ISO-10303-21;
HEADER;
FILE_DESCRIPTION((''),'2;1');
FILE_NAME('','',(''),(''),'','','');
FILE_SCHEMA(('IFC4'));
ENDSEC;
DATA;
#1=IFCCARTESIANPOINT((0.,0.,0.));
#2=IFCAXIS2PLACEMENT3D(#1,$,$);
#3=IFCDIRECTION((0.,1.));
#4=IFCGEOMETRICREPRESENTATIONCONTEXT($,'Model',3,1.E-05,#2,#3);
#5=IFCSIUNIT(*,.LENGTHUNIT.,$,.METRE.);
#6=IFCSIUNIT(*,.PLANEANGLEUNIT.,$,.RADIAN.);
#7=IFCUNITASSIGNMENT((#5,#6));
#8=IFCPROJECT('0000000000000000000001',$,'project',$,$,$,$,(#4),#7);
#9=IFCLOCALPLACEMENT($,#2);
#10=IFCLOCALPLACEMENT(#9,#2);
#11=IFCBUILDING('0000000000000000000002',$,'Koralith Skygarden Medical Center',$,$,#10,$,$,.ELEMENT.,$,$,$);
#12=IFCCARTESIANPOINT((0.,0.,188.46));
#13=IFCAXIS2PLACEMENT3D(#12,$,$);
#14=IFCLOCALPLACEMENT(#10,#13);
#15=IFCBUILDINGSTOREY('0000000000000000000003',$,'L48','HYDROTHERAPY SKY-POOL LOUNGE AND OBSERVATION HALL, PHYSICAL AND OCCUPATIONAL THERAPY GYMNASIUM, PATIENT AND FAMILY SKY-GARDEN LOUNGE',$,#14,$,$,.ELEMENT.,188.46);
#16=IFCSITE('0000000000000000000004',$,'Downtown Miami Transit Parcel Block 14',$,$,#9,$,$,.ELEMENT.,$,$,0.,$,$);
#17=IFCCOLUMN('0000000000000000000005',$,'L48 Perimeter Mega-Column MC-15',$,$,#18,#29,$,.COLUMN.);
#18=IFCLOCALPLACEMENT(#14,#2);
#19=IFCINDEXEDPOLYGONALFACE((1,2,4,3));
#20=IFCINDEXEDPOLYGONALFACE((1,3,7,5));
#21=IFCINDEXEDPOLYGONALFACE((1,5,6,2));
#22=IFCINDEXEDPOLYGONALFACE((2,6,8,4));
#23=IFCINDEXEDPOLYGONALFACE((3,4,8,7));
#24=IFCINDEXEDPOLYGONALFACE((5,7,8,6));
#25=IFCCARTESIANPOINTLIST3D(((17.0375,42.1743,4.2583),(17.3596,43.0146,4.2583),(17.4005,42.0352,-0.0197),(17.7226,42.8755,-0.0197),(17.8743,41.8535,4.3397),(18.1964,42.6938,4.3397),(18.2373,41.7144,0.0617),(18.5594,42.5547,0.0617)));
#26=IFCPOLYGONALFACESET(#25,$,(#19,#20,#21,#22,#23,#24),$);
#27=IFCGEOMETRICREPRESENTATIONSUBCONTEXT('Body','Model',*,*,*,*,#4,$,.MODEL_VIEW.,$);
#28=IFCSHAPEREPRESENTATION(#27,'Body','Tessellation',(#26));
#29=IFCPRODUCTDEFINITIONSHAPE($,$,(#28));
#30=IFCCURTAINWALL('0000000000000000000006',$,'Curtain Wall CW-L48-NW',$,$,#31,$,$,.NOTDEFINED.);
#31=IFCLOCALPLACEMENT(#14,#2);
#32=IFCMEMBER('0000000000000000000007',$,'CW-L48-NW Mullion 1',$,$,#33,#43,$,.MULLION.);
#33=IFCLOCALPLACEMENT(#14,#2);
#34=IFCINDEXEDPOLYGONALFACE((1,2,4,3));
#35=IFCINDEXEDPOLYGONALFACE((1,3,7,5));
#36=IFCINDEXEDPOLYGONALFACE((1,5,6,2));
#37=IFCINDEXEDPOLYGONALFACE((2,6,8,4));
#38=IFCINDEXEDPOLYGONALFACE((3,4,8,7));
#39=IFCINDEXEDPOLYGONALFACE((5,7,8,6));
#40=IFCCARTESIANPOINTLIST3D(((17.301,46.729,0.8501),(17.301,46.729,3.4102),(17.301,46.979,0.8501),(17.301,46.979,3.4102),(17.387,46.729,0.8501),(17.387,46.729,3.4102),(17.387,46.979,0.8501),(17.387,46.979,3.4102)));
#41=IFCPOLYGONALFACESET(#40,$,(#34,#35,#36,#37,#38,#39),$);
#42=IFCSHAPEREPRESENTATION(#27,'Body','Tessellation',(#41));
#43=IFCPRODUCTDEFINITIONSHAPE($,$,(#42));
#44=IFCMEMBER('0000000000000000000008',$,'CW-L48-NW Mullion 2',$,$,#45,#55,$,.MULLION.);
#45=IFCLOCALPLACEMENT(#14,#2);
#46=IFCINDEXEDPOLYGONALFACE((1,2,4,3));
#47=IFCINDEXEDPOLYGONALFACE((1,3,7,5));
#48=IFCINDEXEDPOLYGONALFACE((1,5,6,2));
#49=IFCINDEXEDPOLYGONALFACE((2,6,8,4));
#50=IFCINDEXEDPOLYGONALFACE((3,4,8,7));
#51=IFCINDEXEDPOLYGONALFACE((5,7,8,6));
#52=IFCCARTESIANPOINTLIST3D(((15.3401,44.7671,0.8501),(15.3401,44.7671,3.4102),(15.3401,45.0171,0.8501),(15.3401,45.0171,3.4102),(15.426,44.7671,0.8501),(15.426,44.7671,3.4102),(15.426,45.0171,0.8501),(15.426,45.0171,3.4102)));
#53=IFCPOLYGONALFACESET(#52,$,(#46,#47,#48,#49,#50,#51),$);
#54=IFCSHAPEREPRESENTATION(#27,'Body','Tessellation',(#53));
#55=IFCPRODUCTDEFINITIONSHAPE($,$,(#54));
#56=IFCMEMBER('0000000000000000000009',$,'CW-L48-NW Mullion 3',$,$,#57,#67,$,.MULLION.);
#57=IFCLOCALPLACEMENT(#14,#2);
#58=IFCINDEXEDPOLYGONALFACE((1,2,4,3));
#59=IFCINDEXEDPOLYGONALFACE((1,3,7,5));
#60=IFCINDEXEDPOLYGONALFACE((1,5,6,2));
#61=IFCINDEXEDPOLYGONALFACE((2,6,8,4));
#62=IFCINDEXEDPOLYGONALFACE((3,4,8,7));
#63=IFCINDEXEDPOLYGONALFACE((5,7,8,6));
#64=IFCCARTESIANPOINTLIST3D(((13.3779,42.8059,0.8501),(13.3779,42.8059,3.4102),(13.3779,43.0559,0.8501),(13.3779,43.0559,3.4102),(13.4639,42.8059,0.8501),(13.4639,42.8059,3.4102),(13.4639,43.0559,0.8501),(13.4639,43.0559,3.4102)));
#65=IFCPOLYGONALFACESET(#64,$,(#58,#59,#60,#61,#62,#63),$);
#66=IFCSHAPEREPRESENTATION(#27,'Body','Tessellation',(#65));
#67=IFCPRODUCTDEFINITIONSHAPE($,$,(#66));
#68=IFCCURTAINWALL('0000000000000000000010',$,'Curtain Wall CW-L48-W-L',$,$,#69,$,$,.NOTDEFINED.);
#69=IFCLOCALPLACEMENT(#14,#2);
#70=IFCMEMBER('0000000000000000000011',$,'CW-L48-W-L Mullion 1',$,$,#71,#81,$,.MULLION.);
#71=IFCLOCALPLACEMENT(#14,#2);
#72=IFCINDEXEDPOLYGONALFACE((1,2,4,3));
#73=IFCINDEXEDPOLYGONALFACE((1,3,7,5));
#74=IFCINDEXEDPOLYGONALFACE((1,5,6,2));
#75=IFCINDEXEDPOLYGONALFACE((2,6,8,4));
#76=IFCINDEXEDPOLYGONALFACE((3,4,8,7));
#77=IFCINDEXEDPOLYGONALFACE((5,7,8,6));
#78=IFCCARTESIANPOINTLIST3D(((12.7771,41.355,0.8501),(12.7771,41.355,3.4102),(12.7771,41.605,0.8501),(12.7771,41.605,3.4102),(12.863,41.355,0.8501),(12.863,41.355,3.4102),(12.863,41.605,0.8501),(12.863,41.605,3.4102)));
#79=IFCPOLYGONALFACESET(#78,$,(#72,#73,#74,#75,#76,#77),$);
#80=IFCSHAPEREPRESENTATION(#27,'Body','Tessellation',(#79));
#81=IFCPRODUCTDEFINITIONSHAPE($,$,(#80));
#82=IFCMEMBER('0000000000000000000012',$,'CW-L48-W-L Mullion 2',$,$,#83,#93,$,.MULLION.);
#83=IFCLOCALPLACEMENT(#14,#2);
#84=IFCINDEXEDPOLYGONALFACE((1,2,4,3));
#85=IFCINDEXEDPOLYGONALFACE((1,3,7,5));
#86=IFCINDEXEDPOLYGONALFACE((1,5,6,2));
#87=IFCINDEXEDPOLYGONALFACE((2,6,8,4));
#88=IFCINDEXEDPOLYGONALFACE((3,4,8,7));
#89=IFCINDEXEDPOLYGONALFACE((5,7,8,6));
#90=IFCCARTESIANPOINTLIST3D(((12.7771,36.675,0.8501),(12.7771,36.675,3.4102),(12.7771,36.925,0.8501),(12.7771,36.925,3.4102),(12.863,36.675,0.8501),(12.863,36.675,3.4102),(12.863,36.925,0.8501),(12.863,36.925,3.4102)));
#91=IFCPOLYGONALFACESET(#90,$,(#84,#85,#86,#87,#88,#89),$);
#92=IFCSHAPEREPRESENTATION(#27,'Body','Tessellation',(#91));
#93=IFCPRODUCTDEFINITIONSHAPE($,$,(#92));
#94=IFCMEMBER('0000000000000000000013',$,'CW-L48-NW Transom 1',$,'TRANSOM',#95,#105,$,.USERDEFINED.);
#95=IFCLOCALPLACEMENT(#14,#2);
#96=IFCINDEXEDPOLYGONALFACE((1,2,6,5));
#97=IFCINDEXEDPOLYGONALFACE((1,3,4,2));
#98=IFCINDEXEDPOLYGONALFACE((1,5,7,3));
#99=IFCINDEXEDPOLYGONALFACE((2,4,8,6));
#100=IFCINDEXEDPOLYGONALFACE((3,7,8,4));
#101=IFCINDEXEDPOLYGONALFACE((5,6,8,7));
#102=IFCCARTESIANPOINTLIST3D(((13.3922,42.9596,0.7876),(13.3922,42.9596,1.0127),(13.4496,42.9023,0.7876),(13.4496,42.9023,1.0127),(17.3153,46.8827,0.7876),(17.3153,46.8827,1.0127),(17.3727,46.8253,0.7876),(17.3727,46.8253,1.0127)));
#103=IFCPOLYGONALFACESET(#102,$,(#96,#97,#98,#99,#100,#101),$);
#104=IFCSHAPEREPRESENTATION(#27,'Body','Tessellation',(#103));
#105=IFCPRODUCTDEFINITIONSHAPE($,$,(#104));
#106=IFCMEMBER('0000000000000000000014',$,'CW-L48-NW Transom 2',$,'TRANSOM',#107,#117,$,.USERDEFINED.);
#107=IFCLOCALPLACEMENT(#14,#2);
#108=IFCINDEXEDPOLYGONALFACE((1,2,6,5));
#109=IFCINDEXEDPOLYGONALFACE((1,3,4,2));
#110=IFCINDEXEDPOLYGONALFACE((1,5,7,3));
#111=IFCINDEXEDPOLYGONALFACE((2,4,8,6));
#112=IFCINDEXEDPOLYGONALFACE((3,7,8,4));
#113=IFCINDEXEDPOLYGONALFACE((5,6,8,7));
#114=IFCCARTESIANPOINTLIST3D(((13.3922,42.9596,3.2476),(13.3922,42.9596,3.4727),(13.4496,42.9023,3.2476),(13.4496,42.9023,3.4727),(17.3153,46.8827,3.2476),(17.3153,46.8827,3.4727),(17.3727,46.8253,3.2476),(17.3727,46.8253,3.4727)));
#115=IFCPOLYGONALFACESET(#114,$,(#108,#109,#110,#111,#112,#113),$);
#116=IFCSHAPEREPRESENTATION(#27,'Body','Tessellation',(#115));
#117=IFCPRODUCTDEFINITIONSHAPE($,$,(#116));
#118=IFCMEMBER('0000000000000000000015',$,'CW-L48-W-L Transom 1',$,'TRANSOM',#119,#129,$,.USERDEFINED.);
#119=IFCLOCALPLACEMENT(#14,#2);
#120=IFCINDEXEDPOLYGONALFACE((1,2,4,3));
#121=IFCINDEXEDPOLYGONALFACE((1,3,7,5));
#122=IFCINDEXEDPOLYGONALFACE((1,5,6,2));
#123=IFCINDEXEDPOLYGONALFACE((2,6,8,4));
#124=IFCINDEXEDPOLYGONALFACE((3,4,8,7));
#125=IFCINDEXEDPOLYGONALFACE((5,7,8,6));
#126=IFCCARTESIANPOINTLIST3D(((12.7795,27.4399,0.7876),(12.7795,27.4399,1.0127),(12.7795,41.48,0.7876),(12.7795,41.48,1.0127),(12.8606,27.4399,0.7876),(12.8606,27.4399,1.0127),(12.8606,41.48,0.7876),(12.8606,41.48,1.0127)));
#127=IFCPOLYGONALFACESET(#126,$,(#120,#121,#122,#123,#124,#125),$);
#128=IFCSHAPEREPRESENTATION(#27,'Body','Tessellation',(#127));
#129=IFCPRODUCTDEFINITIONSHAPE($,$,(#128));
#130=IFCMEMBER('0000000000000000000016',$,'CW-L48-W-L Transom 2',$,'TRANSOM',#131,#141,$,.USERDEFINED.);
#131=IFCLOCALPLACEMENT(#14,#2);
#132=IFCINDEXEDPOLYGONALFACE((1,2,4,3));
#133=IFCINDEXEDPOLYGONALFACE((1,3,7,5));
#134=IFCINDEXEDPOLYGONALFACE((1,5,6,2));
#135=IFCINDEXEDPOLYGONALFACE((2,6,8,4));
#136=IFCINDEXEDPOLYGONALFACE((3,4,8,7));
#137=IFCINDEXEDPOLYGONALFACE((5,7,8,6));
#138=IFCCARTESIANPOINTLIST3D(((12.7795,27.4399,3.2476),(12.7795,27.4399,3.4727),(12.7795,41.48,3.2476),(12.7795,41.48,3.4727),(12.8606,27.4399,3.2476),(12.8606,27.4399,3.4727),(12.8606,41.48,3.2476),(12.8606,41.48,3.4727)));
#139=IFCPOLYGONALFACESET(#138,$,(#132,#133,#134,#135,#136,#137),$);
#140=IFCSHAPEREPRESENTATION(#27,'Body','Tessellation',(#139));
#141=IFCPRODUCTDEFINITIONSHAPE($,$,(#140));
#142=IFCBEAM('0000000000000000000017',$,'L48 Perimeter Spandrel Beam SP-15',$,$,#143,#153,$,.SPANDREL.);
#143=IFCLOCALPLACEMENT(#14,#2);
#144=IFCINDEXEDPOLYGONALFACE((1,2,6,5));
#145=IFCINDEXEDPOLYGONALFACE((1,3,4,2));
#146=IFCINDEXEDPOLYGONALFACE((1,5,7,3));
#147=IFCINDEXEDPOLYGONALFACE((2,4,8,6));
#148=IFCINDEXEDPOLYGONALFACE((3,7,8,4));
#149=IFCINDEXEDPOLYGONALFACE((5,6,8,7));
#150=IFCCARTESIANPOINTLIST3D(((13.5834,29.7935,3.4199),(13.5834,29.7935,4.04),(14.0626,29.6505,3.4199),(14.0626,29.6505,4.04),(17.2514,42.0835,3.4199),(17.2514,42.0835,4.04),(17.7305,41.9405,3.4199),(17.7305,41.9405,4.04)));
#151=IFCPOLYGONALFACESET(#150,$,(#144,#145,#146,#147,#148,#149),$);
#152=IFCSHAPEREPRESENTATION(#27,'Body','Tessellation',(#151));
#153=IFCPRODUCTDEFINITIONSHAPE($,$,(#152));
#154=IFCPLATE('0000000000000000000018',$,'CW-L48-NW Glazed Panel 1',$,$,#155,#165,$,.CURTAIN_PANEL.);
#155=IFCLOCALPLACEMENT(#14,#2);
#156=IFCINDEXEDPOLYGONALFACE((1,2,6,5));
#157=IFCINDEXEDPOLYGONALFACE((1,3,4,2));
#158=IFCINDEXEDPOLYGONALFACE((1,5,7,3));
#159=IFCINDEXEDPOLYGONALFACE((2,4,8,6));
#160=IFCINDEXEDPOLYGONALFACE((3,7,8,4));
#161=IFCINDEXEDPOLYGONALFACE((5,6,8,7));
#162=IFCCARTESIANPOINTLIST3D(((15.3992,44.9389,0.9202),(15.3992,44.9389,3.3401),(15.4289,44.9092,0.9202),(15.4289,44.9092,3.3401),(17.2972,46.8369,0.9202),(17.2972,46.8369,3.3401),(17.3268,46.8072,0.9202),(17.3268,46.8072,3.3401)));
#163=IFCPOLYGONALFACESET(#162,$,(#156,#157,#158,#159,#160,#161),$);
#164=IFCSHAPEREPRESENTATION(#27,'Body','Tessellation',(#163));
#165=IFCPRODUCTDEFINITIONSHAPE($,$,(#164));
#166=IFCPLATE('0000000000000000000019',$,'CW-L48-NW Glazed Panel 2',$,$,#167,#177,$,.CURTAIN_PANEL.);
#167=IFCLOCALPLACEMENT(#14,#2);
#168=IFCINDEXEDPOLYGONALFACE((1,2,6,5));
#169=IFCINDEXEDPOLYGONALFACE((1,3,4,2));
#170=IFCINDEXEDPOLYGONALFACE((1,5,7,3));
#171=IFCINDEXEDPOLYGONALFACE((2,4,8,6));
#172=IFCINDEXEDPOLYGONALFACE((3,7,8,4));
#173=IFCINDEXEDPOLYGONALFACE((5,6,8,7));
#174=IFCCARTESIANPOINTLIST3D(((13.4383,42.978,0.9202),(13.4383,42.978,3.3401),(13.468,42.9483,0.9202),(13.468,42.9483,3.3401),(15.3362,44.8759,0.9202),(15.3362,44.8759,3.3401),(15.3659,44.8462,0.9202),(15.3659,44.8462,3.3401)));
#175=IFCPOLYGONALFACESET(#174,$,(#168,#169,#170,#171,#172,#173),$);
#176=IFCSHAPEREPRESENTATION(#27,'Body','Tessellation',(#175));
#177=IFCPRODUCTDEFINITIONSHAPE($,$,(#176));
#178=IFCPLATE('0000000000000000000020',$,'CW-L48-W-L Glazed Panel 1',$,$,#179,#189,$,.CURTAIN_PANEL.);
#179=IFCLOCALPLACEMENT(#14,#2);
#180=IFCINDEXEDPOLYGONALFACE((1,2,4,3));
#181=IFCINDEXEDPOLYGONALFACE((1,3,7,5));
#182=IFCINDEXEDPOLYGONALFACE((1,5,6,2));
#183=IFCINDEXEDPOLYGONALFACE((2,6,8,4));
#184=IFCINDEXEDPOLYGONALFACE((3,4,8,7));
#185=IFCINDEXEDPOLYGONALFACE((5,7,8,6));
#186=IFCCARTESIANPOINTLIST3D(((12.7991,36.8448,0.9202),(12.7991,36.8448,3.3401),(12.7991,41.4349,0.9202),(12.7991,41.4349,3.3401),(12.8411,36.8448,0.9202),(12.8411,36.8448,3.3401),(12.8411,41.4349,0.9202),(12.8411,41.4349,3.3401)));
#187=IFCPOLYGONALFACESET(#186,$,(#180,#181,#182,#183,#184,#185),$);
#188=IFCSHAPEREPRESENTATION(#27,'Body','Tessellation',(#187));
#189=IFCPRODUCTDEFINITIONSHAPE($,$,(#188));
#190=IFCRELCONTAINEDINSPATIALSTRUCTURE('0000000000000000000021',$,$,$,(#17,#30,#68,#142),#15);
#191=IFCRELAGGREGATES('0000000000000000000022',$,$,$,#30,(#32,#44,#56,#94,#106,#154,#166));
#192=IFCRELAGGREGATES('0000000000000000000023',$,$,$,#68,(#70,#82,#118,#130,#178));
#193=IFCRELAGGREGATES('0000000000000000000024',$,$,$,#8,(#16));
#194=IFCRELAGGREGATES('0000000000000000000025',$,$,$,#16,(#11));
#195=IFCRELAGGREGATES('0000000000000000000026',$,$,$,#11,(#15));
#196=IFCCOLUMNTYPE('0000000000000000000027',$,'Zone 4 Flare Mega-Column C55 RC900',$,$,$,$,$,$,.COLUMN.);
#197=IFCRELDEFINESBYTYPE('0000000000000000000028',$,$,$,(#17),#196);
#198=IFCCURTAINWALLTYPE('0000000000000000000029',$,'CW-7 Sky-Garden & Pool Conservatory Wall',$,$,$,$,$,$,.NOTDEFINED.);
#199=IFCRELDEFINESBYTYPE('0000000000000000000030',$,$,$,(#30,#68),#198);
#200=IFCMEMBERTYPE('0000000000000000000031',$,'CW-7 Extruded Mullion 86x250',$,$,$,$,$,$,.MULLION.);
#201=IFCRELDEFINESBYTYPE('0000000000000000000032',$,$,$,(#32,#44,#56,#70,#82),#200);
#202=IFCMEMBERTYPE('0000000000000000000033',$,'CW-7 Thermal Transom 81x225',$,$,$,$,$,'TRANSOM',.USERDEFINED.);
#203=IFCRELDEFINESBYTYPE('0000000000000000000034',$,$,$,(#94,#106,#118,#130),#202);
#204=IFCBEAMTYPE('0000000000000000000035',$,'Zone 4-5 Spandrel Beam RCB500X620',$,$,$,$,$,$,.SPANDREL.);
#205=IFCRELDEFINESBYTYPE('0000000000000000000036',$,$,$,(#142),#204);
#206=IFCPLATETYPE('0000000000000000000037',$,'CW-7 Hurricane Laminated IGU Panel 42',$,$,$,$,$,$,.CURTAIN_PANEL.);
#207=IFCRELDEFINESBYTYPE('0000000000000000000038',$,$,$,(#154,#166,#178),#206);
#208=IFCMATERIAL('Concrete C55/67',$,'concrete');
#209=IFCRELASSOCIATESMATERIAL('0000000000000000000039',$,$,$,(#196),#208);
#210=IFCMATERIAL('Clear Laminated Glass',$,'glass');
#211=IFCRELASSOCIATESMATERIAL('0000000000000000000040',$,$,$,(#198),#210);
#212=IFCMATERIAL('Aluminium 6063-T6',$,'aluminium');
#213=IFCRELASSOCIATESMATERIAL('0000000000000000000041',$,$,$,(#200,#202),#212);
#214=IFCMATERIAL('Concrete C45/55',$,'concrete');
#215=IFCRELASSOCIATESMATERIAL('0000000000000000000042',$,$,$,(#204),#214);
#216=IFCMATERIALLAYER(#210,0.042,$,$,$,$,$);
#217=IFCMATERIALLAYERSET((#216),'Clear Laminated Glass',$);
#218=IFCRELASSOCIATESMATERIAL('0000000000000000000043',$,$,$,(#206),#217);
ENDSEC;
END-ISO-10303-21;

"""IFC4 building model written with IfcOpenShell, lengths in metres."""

from ifc_helpers import new_model, si_unit, direction, frame, origin, origin_2d, place, context, subcontext, project, spatial, rectangle, extrude, material, layer, layer_set, material_profile, profile_set, type_object, element, aggregate, save


model = new_model("IFC4")

# Units and contexts
model_context = context("Model", 3, precision=1e-05, world=origin(), true_north=direction((0.0, 1.0)))
body_context = subcontext(model_context, "Body", "Model", "MODEL_VIEW")
ifc_project = project(units=[si_unit("LENGTHUNIT", "METRE"), si_unit("PLANEANGLEUNIT", "RADIAN")], contexts=[model_context])

# Site, building, storey
site_placement = place(None, origin())
site = spatial("IfcSite", under=ifc_project, at=site_placement, Name="Downtown Miami Transit Parcel Block 14", CompositionType="ELEMENT", RefElevation=0.0)
building_placement = place(site_placement, origin())
building = spatial("IfcBuilding", under=site, at=building_placement, Name="Koralith Skygarden Medical Center", CompositionType="ELEMENT")
storey_placement = place(building_placement, frame((0.0, 0.0, 188.46)))
storey = spatial("IfcBuildingStorey", under=building, at=storey_placement, Name="L48", Description="HYDROTHERAPY SKY-POOL LOUNGE AND OBSERVATION HALL, PHYSICAL AND OCCUPATIONAL THERAPY GYMNASIUM, PATIENT AND FAMILY SKY-GARDEN LOUNGE", CompositionType="ELEMENT", Elevation=188.46)

# Column
ifc_material_1 = material(Name="Concrete C55/67", Category="concrete")
ifc_material_profile_1 = material_profile(ifc_material_1, rectangle(XDim=0.8999, YDim=0.8999, at=origin_2d()), Name="RC900X900")
ifc_profile_set_1 = profile_set([ifc_material_profile_1], Name="Concrete C55/67")
column_type = type_object("IfcColumnType", Name="Zone 4 Flare Mega-Column C55 RC900", PredefinedType="COLUMN", material=ifc_profile_set_1)
column_placement = place(storey_placement, frame((17.98, 42.2949, 0.021), z_axis=(-0.084512, 0.032395, 0.995896), x_axis=(-0.357927, -0.93375, 0.0)))
element("IfcColumn", 1, at=column_placement, inside=storey, type_object=column_type, Name="L48 Perimeter Mega-Column MC-15", PredefinedType="COLUMN", context=body_context, shape_type="SweptSolid", body=[
    extrude(rectangle(XDim=0.8999, YDim=0.8999, at=origin_2d()), origin(), (0.0, 0.0, 1.0), 4.2957),
])

# Curtain walls, members
ifc_material_2 = material(Name="Clear Laminated Glass", Category="glass")
curtain_wall_type = type_object("IfcCurtainWallType", Name="CW-7 Sky-Garden & Pool Conservatory Wall", PredefinedType="NOTDEFINED", material=ifc_material_2)
curtain_wall_1_placement = place(storey_placement, origin())
curtain_wall_1 = element("IfcCurtainWall", 2, at=curtain_wall_1_placement, inside=storey, type_object=curtain_wall_type, Name="Curtain Wall CW-L48-NW", PredefinedType="NOTDEFINED")
ifc_material_3 = material(Name="Aluminium 6063-T6", Category="aluminium")
ifc_material_profile_2 = material_profile(ifc_material_3, rectangle(XDim=0.0859, YDim=0.25, at=origin_2d()), Name="MUL86X250")
ifc_profile_set_2 = profile_set([ifc_material_profile_2], Name="Aluminium 6063-T6")
member_type_1 = type_object("IfcMemberType", Name="CW-7 Extruded Mullion 86x250", PredefinedType="MULLION", material=ifc_profile_set_2)
member_1_placement = place(storey_placement, frame((17.344, 46.854, 0.8501), z_axis=(0.0, 0.0, 1.0), x_axis=(1.0, 0.0, 0.0)))
member_1 = element("IfcMember", 3, at=member_1_placement, type_object=member_type_1, Name="CW-L48-NW Mullion 1", PredefinedType="MULLION", context=body_context, shape_type="SweptSolid", body=[
    extrude(rectangle(XDim=0.0859, YDim=0.25, at=origin_2d()), origin(), (0.0, 0.0, 1.0), 2.5601),
])
member_2_placement = place(storey_placement, frame((15.3831, 44.8921, 0.8501), z_axis=(0.0, 0.0, 1.0), x_axis=(1.0, 0.0, 0.0)))
member_2 = element("IfcMember", 4, at=member_2_placement, type_object=member_type_1, Name="CW-L48-NW Mullion 2", PredefinedType="MULLION", context=body_context, shape_type="SweptSolid", body=[
    extrude(rectangle(XDim=0.0859, YDim=0.25, at=origin_2d()), origin(), (0.0, 0.0, 1.0), 2.5601),
])
member_3_placement = place(storey_placement, frame((13.4209, 42.9309, 0.8501), z_axis=(0.0, 0.0, 1.0), x_axis=(1.0, 0.0, 0.0)))
member_3 = element("IfcMember", 5, at=member_3_placement, type_object=member_type_1, Name="CW-L48-NW Mullion 3", PredefinedType="MULLION", context=body_context, shape_type="SweptSolid", body=[
    extrude(rectangle(XDim=0.0859, YDim=0.25, at=origin_2d()), origin(), (0.0, 0.0, 1.0), 2.5601),
])
curtain_wall_2_placement = place(storey_placement, origin())
curtain_wall_2 = element("IfcCurtainWall", 6, at=curtain_wall_2_placement, inside=storey, type_object=curtain_wall_type, Name="Curtain Wall CW-L48-W-L", PredefinedType="NOTDEFINED")
member_4_placement = place(storey_placement, frame((12.8201, 41.48, 0.8501), z_axis=(0.0, 0.0, 1.0), x_axis=(1.0, 0.0, 0.0)))
member_4 = element("IfcMember", 7, at=member_4_placement, type_object=member_type_1, Name="CW-L48-W-L Mullion 1", PredefinedType="MULLION", context=body_context, shape_type="SweptSolid", body=[
    extrude(rectangle(XDim=0.0859, YDim=0.25, at=origin_2d()), origin(), (0.0, 0.0, 1.0), 2.5601),
])
member_5_placement = place(storey_placement, frame((12.8201, 36.8, 0.8501), z_axis=(0.0, 0.0, 1.0), x_axis=(1.0, 0.0, 0.0)))
member_5 = element("IfcMember", 8, at=member_5_placement, type_object=member_type_1, Name="CW-L48-W-L Mullion 2", PredefinedType="MULLION", context=body_context, shape_type="SweptSolid", body=[
    extrude(rectangle(XDim=0.0859, YDim=0.25, at=origin_2d()), origin(), (0.0, 0.0, 1.0), 2.5601),
])

# Members
ifc_material_profile_3 = material_profile(ifc_material_3, rectangle(XDim=0.0811, YDim=0.2251, at=origin_2d()), Name="TRN81X225")
ifc_profile_set_3 = profile_set([ifc_material_profile_3], Name="Aluminium 6063-T6")
member_type_2 = type_object("IfcMemberType", Name="CW-7 Thermal Transom 81x225", ElementType="TRANSOM", PredefinedType="USERDEFINED", material=ifc_profile_set_3)
member_6_placement = place(storey_placement, frame((17.344, 46.854, 0.9001), z_axis=(-0.707107, -0.707107, 0.0), x_axis=(0.707107, -0.707107, 0.0)))
member_6 = element("IfcMember", 9, at=member_6_placement, type_object=member_type_2, Name="CW-L48-NW Transom 1", ObjectType="TRANSOM", PredefinedType="USERDEFINED", context=body_context, shape_type="SweptSolid", body=[
    extrude(rectangle(XDim=0.0811, YDim=0.2251, at=origin_2d()), origin(), (0.0, 0.0, 1.0), 5.5481),
])
member_7_placement = place(storey_placement, frame((17.344, 46.854, 3.3601), z_axis=(-0.707107, -0.707107, 0.0), x_axis=(0.707107, -0.707107, 0.0)))
member_7 = element("IfcMember", 10, at=member_7_placement, type_object=member_type_2, Name="CW-L48-NW Transom 2", ObjectType="TRANSOM", PredefinedType="USERDEFINED", context=body_context, shape_type="SweptSolid", body=[
    extrude(rectangle(XDim=0.0811, YDim=0.2251, at=origin_2d()), origin(), (0.0, 0.0, 1.0), 5.5481),
])
member_8_placement = place(storey_placement, frame((12.8201, 41.48, 0.9001), z_axis=(0.0, -1.0, 0.0), x_axis=(1.0, 0.0, 0.0)))
member_8 = element("IfcMember", 11, at=member_8_placement, type_object=member_type_2, Name="CW-L48-W-L Transom 1", ObjectType="TRANSOM", PredefinedType="USERDEFINED", context=body_context, shape_type="SweptSolid", body=[
    extrude(rectangle(XDim=0.0811, YDim=0.2251, at=origin_2d()), origin(), (0.0, 0.0, 1.0), 14.04),
])
member_9_placement = place(storey_placement, frame((12.8201, 41.48, 3.3601), z_axis=(0.0, -1.0, 0.0), x_axis=(1.0, 0.0, 0.0)))
member_9 = element("IfcMember", 12, at=member_9_placement, type_object=member_type_2, Name="CW-L48-W-L Transom 2", ObjectType="TRANSOM", PredefinedType="USERDEFINED", context=body_context, shape_type="SweptSolid", body=[
    extrude(rectangle(XDim=0.0811, YDim=0.2251, at=origin_2d()), origin(), (0.0, 0.0, 1.0), 14.04),
])

# Beam
ifc_material_4 = material(Name="Concrete C45/55", Category="concrete")
ifc_material_profile_4 = material_profile(ifc_material_4, rectangle(XDim=0.5, YDim=0.6201, at=origin_2d()), Name="RCB500X620")
ifc_profile_set_4 = profile_set([ifc_material_profile_4], Name="Concrete C45/55")
beam_type = type_object("IfcBeamType", Name="Zone 4-5 Spandrel Beam RCB500X620", PredefinedType="SPANDREL", material=ifc_profile_set_4)
beam_placement = place(storey_placement, frame((17.491, 42.012, 3.73), z_axis=(-0.285985, -0.958234, 0.0), x_axis=(0.958234, -0.285985, 0.0)))
element("IfcBeam", 13, at=beam_placement, inside=storey, type_object=beam_type, Name="L48 Perimeter Spandrel Beam SP-15", PredefinedType="SPANDREL", context=body_context, shape_type="SweptSolid", body=[
    extrude(rectangle(XDim=0.5, YDim=0.6201, at=origin_2d()), origin(), (0.0, 0.0, 1.0), 12.8257),
])

# Plates
ifc_layer_1 = layer(ifc_material_2, 0.042)
ifc_layer_set_1 = layer_set([ifc_layer_1], Name="Clear Laminated Glass")
plate_type_1 = type_object("IfcPlateType", Name="CW-7 Hurricane Laminated IGU Panel 42", PredefinedType="CURTAIN_PANEL", material=ifc_layer_set_1)
plate_1_placement = place(storey_placement, frame((16.363, 45.873, 0.9202), z_axis=(0.0, 0.0, 1.0), x_axis=(-0.707107, -0.707107, 0.0)))
plate_1 = element("IfcPlate", 14, at=plate_1_placement, type_object=plate_type_1, Name="CW-L48-NW Glazed Panel 1", PredefinedType="CURTAIN_PANEL", context=body_context, shape_type="SweptSolid", body=[
    extrude(rectangle(XDim=2.6841, YDim=0.042, at=origin_2d()), origin(), (0.0, 0.0, 1.0), 2.4199),
])
plate_2_placement = place(storey_placement, frame((14.4021, 43.9121, 0.9202), z_axis=(0.0, 0.0, 1.0), x_axis=(-0.707107, -0.707107, 0.0)))
plate_2 = element("IfcPlate", 15, at=plate_2_placement, type_object=plate_type_1, Name="CW-L48-NW Glazed Panel 2", PredefinedType="CURTAIN_PANEL", context=body_context, shape_type="SweptSolid", body=[
    extrude(rectangle(XDim=2.6841, YDim=0.042, at=origin_2d()), origin(), (0.0, 0.0, 1.0), 2.4199),
])
aggregate(curtain_wall_1, [member_1, member_2, member_3, member_6, member_7, plate_1, plate_2])
plate_3_placement = place(storey_placement, frame((12.8201, 39.1399, 0.9202), z_axis=(0.0, 0.0, 1.0), x_axis=(0.0, -1.0, 0.0)))
plate_3 = element("IfcPlate", 16, at=plate_3_placement, type_object=plate_type_1, Name="CW-L48-W-L Glazed Panel 1", PredefinedType="CURTAIN_PANEL", context=body_context, shape_type="SweptSolid", body=[
    extrude(rectangle(XDim=4.5901, YDim=0.042, at=origin_2d()), origin(), (0.0, 0.0, 1.0), 2.4199),
])
aggregate(curtain_wall_2, [member_4, member_5, member_8, member_9, plate_3])

save(model, "model.ifc")
